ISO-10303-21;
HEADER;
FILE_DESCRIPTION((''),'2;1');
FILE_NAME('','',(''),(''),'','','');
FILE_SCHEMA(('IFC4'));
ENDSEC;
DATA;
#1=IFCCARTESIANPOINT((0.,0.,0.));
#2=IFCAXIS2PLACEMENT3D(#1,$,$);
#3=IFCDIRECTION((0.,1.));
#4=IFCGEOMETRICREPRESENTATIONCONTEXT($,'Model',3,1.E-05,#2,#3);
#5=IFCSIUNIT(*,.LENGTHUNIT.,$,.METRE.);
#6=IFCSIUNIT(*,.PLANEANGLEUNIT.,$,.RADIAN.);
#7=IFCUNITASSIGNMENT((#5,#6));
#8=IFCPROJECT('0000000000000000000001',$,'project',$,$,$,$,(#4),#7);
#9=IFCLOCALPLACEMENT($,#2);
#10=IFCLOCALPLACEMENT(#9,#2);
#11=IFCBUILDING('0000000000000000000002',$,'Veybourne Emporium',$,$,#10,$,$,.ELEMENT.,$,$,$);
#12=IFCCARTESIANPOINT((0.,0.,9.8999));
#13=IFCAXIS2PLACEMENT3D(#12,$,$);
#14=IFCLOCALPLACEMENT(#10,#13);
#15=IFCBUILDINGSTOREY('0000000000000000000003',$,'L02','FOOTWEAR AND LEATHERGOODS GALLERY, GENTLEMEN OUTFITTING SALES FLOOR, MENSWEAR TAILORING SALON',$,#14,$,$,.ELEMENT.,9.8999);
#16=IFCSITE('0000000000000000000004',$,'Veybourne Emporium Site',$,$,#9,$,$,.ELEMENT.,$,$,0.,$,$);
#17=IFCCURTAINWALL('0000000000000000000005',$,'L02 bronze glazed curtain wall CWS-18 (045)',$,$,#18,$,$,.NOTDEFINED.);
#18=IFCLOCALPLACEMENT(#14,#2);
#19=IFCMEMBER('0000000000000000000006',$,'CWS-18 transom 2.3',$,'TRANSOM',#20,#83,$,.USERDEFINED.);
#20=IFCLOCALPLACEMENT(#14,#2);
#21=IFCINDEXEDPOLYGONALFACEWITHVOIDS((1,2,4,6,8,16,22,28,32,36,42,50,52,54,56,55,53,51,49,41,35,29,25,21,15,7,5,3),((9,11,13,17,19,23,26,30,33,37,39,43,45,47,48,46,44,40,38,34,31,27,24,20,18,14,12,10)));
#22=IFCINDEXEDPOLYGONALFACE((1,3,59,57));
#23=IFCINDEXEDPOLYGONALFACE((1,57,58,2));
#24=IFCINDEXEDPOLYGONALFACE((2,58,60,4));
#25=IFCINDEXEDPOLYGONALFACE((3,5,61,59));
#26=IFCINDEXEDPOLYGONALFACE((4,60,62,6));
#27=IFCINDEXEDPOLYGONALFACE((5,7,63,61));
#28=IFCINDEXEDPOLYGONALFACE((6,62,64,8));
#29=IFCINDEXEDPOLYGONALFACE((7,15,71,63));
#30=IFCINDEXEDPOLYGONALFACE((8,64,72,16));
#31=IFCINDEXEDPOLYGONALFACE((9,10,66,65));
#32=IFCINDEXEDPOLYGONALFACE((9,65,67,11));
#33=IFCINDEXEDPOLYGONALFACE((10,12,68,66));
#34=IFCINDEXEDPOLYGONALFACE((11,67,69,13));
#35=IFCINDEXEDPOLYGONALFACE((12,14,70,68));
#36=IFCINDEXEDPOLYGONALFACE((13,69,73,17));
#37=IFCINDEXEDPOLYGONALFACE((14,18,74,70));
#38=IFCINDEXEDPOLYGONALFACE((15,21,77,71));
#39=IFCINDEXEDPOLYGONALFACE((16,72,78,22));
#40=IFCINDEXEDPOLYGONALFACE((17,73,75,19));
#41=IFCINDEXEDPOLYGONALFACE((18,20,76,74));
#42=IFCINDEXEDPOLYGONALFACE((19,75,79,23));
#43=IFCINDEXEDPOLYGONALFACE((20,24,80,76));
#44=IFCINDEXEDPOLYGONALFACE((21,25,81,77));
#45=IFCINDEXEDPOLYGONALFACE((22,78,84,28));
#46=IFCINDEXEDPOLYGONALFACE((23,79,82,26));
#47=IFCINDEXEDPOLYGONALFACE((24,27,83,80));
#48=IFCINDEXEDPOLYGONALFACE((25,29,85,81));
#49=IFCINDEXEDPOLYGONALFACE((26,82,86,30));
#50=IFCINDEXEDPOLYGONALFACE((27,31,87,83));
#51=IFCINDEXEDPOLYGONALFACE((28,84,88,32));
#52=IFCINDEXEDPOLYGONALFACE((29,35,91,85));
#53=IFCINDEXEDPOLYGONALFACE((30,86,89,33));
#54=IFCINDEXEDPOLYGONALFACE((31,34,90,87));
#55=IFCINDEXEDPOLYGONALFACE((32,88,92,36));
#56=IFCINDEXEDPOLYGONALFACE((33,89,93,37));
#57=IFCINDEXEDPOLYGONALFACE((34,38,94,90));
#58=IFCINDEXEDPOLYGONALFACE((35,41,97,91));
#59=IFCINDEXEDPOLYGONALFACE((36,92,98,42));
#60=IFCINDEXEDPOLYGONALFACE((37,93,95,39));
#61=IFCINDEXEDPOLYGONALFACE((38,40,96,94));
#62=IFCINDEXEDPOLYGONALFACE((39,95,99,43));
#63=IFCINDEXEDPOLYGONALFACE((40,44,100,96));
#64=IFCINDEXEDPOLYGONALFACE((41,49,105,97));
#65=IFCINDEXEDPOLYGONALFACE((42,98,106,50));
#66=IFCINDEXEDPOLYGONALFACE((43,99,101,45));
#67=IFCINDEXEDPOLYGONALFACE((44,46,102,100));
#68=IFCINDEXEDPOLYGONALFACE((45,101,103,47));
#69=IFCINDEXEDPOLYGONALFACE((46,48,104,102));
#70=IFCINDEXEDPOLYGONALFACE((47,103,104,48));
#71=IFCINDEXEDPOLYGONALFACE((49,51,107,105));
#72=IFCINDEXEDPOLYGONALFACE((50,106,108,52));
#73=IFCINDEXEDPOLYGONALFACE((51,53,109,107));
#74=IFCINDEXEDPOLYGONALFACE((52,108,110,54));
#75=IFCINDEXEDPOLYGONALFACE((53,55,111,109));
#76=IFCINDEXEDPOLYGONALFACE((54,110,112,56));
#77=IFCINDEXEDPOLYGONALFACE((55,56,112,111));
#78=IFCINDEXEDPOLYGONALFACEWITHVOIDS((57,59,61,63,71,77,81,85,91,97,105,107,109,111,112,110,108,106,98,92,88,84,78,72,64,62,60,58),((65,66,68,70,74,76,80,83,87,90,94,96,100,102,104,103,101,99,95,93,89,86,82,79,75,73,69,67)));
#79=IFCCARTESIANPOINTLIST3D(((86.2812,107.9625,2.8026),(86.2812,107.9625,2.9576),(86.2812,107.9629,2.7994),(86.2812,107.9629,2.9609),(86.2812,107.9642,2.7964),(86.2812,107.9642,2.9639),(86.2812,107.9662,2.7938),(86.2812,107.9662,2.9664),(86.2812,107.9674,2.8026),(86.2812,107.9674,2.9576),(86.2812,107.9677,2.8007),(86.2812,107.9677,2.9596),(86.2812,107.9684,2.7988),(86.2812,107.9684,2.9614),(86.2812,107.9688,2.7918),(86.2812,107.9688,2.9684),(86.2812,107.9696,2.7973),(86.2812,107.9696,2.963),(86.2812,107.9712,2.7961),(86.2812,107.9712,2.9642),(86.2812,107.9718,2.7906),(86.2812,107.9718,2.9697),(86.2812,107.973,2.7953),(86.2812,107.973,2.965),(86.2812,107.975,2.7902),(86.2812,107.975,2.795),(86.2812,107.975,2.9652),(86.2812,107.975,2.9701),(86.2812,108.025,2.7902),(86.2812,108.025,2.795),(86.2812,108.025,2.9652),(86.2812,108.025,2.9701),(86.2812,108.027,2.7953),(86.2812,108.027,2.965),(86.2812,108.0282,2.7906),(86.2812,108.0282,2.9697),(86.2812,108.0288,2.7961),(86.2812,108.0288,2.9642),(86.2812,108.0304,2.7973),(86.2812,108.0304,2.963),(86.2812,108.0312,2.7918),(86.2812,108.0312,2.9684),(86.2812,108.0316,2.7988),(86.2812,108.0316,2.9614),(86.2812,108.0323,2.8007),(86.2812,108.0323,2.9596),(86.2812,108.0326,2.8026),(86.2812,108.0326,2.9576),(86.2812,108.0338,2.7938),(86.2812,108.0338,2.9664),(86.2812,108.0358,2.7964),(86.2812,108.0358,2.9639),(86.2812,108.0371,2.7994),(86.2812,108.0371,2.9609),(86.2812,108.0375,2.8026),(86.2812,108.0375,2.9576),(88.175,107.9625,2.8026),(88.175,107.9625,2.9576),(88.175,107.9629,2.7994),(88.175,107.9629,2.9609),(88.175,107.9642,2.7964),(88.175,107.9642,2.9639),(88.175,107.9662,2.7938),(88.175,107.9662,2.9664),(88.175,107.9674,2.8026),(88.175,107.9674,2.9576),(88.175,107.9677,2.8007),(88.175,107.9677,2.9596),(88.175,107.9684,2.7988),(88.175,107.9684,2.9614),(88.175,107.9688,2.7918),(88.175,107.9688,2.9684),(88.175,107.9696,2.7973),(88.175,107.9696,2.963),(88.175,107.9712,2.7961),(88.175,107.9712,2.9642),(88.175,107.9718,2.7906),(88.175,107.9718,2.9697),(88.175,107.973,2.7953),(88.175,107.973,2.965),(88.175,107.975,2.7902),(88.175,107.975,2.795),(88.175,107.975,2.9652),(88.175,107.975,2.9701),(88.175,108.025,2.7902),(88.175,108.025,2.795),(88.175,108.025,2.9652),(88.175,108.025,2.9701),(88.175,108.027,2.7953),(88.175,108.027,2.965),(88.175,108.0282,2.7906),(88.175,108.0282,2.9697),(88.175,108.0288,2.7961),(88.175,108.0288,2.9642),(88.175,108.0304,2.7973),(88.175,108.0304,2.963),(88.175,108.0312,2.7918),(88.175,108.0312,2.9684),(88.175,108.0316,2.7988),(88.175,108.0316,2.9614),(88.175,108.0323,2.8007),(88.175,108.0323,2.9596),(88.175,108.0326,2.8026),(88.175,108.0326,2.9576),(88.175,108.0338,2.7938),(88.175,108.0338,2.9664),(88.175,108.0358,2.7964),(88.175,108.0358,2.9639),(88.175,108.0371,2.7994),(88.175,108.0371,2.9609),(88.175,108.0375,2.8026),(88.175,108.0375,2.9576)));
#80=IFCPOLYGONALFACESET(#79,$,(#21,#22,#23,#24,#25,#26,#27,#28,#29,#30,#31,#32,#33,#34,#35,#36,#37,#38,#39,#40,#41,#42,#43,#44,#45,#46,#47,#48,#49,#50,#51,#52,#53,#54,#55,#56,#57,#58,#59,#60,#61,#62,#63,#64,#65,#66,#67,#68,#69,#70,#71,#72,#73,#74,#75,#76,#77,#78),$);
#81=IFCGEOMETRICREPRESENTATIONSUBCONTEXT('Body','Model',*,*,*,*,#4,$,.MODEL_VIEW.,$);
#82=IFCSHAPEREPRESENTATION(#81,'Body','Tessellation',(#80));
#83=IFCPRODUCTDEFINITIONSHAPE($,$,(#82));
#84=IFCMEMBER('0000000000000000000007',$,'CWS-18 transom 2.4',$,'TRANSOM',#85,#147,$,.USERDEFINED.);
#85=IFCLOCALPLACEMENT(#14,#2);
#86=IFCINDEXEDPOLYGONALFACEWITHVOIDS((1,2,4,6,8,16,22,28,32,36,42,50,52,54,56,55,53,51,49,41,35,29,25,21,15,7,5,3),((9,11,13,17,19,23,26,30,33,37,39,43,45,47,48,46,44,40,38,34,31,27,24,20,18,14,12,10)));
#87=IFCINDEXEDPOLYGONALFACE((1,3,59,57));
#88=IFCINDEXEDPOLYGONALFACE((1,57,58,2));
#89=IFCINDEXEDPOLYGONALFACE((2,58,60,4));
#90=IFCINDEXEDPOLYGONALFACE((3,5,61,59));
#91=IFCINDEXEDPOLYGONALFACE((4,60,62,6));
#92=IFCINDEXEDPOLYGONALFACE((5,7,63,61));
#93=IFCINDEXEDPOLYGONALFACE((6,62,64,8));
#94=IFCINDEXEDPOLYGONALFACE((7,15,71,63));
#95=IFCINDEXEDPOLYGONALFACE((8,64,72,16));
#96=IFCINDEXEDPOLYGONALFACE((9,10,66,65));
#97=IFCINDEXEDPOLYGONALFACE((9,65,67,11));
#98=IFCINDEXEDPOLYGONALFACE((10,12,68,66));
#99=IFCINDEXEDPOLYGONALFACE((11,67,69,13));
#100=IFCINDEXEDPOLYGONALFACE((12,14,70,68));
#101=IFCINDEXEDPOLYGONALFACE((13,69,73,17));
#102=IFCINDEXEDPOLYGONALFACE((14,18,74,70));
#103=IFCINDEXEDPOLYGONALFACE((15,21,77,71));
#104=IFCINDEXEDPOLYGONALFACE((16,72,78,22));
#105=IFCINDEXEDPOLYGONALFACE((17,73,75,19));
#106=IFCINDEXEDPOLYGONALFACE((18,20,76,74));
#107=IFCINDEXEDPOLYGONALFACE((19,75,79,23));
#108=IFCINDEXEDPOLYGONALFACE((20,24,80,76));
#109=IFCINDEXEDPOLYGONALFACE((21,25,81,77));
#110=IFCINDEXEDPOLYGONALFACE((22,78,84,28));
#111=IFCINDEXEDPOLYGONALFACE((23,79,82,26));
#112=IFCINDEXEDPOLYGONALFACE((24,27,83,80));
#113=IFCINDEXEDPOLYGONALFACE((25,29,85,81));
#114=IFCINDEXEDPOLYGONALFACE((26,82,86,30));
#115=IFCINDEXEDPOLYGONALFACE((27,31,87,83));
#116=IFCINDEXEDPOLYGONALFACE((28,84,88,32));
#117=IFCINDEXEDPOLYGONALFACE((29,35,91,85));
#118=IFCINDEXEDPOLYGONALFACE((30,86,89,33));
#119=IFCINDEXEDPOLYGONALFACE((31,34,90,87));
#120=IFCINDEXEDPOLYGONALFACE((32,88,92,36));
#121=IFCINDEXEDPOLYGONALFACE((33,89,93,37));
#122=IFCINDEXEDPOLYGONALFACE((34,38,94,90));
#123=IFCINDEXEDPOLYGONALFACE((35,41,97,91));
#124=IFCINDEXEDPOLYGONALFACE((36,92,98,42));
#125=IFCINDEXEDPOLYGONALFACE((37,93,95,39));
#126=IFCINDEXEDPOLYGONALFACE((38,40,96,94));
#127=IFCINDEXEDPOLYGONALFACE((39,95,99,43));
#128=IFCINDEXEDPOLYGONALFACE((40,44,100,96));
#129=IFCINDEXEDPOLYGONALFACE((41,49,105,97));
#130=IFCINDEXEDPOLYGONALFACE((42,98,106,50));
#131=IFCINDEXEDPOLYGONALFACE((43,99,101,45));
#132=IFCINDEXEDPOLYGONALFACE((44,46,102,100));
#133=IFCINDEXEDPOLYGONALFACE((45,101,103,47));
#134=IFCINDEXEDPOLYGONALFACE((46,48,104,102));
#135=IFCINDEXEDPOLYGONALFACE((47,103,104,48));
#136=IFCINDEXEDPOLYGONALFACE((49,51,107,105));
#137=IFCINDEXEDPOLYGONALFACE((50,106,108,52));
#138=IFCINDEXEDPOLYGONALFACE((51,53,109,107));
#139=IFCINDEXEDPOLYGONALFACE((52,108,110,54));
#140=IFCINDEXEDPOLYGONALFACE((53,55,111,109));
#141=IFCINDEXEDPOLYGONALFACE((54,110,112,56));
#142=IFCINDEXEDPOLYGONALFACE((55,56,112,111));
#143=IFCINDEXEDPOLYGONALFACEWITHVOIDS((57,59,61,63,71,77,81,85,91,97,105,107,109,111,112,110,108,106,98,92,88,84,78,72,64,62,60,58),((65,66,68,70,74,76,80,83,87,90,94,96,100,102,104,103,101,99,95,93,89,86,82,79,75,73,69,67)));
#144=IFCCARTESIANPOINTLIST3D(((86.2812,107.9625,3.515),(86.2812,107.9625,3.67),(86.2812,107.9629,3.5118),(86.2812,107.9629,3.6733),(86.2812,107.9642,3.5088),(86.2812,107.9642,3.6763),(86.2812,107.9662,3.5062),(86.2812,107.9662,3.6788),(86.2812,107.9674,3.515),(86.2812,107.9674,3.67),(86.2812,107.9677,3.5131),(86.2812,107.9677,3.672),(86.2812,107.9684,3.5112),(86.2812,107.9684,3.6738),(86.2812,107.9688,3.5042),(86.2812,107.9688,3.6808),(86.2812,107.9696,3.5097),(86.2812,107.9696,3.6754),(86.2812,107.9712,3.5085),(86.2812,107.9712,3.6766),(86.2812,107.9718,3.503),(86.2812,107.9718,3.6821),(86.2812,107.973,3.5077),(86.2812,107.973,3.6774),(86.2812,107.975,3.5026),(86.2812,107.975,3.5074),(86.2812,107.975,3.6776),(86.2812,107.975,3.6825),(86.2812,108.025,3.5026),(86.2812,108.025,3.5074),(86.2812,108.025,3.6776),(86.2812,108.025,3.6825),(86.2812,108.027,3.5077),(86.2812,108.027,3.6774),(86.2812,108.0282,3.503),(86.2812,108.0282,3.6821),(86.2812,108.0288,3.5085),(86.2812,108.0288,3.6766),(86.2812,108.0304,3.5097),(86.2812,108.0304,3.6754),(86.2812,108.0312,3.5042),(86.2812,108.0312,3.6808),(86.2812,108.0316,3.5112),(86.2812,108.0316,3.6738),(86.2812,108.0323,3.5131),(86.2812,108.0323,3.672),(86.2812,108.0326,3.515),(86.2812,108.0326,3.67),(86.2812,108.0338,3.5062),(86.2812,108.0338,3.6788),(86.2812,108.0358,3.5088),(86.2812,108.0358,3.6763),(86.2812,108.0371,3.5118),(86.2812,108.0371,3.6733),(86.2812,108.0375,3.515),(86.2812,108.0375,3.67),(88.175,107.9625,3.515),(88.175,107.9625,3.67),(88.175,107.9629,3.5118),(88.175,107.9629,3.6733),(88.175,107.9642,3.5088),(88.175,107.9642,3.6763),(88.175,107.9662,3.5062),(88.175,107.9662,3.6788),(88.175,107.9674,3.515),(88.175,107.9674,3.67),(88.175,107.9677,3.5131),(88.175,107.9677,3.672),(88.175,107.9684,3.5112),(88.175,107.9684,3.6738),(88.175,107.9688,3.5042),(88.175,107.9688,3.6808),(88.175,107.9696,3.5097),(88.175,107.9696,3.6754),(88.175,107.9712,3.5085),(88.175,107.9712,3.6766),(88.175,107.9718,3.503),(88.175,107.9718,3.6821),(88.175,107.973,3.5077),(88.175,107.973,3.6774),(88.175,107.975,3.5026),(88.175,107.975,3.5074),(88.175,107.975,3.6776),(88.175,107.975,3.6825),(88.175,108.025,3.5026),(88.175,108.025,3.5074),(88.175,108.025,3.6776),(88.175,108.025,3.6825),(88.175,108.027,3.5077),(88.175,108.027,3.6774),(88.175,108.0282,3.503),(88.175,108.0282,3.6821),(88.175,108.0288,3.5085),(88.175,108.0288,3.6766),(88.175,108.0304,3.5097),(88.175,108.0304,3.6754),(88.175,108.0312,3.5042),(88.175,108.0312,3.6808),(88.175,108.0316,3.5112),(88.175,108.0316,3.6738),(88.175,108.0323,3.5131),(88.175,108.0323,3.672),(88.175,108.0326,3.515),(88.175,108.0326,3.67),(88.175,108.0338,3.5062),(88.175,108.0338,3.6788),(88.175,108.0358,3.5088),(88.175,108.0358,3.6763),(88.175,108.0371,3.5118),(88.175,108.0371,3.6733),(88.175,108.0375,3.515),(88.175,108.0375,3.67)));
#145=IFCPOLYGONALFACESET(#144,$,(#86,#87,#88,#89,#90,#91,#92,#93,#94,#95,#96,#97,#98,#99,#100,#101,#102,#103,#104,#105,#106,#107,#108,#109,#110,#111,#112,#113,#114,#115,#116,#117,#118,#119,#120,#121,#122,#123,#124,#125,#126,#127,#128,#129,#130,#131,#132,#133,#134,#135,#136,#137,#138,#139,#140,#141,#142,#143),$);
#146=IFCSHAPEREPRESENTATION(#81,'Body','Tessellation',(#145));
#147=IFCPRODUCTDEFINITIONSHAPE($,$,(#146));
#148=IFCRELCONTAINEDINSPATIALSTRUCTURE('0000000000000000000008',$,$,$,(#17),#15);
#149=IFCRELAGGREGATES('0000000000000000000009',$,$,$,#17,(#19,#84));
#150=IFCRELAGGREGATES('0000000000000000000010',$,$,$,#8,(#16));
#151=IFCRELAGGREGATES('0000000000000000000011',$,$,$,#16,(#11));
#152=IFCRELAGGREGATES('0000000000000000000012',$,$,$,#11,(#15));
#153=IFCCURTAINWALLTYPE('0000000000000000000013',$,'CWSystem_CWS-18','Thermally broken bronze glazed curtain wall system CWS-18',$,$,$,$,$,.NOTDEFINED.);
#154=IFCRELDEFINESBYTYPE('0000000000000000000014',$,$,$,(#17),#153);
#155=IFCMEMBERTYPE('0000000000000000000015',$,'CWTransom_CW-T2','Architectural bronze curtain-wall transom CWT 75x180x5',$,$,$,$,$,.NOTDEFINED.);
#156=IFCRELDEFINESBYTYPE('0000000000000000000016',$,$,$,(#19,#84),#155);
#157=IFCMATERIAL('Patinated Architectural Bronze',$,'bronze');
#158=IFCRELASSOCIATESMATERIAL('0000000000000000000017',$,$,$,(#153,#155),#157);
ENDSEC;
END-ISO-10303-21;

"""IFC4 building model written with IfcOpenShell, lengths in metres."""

from ifc_helpers import new_model, si_unit, direction, frame, origin, origin_2d, place, context, subcontext, project, spatial, hollow_rectangle, extrude, material, material_profile, profile_set, type_object, element, aggregate, save


model = new_model("IFC4")

# Units and contexts
model_context = context("Model", 3, precision=1e-05, world=origin(), true_north=direction((0.0, 1.0)))
body_context = subcontext(model_context, "Body", "Model", "MODEL_VIEW")
ifc_project = project(units=[si_unit("LENGTHUNIT", "METRE"), si_unit("PLANEANGLEUNIT", "RADIAN")], contexts=[model_context])

# Site, building, storey
site_placement = place(None, origin())
site = spatial("IfcSite", under=ifc_project, at=site_placement, Name="Veybourne Emporium Site", CompositionType="ELEMENT", RefElevation=0.0)
building_placement = place(site_placement, origin())
building = spatial("IfcBuilding", under=site, at=building_placement, Name="Veybourne Emporium", CompositionType="ELEMENT")
storey_placement = place(building_placement, frame((0.0, 0.0, 9.8999)))
storey = spatial("IfcBuildingStorey", under=building, at=storey_placement, Name="L02", Description="FOOTWEAR AND LEATHERGOODS GALLERY, GENTLEMEN OUTFITTING SALES FLOOR, MENSWEAR TAILORING SALON", CompositionType="ELEMENT", Elevation=9.8999)

# Curtain wall, members
ifc_material_1 = material(Name="Patinated Architectural Bronze", Category="bronze")
curtain_wall_type = type_object("IfcCurtainWallType", Name="CWSystem_CWS-18", Description="Thermally broken bronze glazed curtain wall system CWS-18", PredefinedType="NOTDEFINED", material=ifc_material_1)
curtain_wall_placement = place(storey_placement, origin())
curtain_wall = element("IfcCurtainWall", 1, at=curtain_wall_placement, inside=storey, type_object=curtain_wall_type, Name="L02 bronze glazed curtain wall CWS-18 (045)", PredefinedType="NOTDEFINED")
ifc_material_profile_1 = material_profile(ifc_material_1, hollow_rectangle(XDim=0.075, YDim=0.1799, WallThickness=0.0049, InnerFilletRadius=0.0076, OuterFilletRadius=0.0125, at=origin_2d()), Name="CWT 75x180x5")
ifc_profile_set_1 = profile_set([ifc_material_profile_1], Name="Patinated Architectural Bronze")
member_type_1 = type_object("IfcMemberType", Name="CWTransom_CW-T2", Description="Architectural bronze curtain-wall transom CWT 75x180x5", PredefinedType="NOTDEFINED", material=ifc_profile_set_1)
member_1_placement = place(storey_placement, frame((86.2812, 108.0, 2.8801), z_axis=(1.0, 0.0, 0.0), x_axis=(0.0, 1.0, 0.0)))
member_1 = element("IfcMember", 2, at=member_1_placement, type_object=member_type_1, Name="CWS-18 transom 2.3", ObjectType="TRANSOM", PredefinedType="USERDEFINED", context=body_context, shape_type="SweptSolid", body=[
    extrude(hollow_rectangle(XDim=0.075, YDim=0.1799, WallThickness=0.0049, InnerFilletRadius=0.0076, OuterFilletRadius=0.0125, at=origin_2d()), origin(), (0.0, 0.0, 1.0), 1.8938),
])
member_2_placement = place(storey_placement, frame((86.2812, 108.0, 3.5925), z_axis=(1.0, 0.0, 0.0), x_axis=(0.0, 1.0, 0.0)))
member_2 = element("IfcMember", 3, at=member_2_placement, type_object=member_type_1, Name="CWS-18 transom 2.4", ObjectType="TRANSOM", PredefinedType="USERDEFINED", context=body_context, shape_type="SweptSolid", body=[
    extrude(hollow_rectangle(XDim=0.075, YDim=0.1799, WallThickness=0.0049, InnerFilletRadius=0.0076, OuterFilletRadius=0.0125, at=origin_2d()), origin(), (0.0, 0.0, 1.0), 1.8938),
])

aggregate(curtain_wall, [member_1, member_2])

save(model, "model.ifc")
